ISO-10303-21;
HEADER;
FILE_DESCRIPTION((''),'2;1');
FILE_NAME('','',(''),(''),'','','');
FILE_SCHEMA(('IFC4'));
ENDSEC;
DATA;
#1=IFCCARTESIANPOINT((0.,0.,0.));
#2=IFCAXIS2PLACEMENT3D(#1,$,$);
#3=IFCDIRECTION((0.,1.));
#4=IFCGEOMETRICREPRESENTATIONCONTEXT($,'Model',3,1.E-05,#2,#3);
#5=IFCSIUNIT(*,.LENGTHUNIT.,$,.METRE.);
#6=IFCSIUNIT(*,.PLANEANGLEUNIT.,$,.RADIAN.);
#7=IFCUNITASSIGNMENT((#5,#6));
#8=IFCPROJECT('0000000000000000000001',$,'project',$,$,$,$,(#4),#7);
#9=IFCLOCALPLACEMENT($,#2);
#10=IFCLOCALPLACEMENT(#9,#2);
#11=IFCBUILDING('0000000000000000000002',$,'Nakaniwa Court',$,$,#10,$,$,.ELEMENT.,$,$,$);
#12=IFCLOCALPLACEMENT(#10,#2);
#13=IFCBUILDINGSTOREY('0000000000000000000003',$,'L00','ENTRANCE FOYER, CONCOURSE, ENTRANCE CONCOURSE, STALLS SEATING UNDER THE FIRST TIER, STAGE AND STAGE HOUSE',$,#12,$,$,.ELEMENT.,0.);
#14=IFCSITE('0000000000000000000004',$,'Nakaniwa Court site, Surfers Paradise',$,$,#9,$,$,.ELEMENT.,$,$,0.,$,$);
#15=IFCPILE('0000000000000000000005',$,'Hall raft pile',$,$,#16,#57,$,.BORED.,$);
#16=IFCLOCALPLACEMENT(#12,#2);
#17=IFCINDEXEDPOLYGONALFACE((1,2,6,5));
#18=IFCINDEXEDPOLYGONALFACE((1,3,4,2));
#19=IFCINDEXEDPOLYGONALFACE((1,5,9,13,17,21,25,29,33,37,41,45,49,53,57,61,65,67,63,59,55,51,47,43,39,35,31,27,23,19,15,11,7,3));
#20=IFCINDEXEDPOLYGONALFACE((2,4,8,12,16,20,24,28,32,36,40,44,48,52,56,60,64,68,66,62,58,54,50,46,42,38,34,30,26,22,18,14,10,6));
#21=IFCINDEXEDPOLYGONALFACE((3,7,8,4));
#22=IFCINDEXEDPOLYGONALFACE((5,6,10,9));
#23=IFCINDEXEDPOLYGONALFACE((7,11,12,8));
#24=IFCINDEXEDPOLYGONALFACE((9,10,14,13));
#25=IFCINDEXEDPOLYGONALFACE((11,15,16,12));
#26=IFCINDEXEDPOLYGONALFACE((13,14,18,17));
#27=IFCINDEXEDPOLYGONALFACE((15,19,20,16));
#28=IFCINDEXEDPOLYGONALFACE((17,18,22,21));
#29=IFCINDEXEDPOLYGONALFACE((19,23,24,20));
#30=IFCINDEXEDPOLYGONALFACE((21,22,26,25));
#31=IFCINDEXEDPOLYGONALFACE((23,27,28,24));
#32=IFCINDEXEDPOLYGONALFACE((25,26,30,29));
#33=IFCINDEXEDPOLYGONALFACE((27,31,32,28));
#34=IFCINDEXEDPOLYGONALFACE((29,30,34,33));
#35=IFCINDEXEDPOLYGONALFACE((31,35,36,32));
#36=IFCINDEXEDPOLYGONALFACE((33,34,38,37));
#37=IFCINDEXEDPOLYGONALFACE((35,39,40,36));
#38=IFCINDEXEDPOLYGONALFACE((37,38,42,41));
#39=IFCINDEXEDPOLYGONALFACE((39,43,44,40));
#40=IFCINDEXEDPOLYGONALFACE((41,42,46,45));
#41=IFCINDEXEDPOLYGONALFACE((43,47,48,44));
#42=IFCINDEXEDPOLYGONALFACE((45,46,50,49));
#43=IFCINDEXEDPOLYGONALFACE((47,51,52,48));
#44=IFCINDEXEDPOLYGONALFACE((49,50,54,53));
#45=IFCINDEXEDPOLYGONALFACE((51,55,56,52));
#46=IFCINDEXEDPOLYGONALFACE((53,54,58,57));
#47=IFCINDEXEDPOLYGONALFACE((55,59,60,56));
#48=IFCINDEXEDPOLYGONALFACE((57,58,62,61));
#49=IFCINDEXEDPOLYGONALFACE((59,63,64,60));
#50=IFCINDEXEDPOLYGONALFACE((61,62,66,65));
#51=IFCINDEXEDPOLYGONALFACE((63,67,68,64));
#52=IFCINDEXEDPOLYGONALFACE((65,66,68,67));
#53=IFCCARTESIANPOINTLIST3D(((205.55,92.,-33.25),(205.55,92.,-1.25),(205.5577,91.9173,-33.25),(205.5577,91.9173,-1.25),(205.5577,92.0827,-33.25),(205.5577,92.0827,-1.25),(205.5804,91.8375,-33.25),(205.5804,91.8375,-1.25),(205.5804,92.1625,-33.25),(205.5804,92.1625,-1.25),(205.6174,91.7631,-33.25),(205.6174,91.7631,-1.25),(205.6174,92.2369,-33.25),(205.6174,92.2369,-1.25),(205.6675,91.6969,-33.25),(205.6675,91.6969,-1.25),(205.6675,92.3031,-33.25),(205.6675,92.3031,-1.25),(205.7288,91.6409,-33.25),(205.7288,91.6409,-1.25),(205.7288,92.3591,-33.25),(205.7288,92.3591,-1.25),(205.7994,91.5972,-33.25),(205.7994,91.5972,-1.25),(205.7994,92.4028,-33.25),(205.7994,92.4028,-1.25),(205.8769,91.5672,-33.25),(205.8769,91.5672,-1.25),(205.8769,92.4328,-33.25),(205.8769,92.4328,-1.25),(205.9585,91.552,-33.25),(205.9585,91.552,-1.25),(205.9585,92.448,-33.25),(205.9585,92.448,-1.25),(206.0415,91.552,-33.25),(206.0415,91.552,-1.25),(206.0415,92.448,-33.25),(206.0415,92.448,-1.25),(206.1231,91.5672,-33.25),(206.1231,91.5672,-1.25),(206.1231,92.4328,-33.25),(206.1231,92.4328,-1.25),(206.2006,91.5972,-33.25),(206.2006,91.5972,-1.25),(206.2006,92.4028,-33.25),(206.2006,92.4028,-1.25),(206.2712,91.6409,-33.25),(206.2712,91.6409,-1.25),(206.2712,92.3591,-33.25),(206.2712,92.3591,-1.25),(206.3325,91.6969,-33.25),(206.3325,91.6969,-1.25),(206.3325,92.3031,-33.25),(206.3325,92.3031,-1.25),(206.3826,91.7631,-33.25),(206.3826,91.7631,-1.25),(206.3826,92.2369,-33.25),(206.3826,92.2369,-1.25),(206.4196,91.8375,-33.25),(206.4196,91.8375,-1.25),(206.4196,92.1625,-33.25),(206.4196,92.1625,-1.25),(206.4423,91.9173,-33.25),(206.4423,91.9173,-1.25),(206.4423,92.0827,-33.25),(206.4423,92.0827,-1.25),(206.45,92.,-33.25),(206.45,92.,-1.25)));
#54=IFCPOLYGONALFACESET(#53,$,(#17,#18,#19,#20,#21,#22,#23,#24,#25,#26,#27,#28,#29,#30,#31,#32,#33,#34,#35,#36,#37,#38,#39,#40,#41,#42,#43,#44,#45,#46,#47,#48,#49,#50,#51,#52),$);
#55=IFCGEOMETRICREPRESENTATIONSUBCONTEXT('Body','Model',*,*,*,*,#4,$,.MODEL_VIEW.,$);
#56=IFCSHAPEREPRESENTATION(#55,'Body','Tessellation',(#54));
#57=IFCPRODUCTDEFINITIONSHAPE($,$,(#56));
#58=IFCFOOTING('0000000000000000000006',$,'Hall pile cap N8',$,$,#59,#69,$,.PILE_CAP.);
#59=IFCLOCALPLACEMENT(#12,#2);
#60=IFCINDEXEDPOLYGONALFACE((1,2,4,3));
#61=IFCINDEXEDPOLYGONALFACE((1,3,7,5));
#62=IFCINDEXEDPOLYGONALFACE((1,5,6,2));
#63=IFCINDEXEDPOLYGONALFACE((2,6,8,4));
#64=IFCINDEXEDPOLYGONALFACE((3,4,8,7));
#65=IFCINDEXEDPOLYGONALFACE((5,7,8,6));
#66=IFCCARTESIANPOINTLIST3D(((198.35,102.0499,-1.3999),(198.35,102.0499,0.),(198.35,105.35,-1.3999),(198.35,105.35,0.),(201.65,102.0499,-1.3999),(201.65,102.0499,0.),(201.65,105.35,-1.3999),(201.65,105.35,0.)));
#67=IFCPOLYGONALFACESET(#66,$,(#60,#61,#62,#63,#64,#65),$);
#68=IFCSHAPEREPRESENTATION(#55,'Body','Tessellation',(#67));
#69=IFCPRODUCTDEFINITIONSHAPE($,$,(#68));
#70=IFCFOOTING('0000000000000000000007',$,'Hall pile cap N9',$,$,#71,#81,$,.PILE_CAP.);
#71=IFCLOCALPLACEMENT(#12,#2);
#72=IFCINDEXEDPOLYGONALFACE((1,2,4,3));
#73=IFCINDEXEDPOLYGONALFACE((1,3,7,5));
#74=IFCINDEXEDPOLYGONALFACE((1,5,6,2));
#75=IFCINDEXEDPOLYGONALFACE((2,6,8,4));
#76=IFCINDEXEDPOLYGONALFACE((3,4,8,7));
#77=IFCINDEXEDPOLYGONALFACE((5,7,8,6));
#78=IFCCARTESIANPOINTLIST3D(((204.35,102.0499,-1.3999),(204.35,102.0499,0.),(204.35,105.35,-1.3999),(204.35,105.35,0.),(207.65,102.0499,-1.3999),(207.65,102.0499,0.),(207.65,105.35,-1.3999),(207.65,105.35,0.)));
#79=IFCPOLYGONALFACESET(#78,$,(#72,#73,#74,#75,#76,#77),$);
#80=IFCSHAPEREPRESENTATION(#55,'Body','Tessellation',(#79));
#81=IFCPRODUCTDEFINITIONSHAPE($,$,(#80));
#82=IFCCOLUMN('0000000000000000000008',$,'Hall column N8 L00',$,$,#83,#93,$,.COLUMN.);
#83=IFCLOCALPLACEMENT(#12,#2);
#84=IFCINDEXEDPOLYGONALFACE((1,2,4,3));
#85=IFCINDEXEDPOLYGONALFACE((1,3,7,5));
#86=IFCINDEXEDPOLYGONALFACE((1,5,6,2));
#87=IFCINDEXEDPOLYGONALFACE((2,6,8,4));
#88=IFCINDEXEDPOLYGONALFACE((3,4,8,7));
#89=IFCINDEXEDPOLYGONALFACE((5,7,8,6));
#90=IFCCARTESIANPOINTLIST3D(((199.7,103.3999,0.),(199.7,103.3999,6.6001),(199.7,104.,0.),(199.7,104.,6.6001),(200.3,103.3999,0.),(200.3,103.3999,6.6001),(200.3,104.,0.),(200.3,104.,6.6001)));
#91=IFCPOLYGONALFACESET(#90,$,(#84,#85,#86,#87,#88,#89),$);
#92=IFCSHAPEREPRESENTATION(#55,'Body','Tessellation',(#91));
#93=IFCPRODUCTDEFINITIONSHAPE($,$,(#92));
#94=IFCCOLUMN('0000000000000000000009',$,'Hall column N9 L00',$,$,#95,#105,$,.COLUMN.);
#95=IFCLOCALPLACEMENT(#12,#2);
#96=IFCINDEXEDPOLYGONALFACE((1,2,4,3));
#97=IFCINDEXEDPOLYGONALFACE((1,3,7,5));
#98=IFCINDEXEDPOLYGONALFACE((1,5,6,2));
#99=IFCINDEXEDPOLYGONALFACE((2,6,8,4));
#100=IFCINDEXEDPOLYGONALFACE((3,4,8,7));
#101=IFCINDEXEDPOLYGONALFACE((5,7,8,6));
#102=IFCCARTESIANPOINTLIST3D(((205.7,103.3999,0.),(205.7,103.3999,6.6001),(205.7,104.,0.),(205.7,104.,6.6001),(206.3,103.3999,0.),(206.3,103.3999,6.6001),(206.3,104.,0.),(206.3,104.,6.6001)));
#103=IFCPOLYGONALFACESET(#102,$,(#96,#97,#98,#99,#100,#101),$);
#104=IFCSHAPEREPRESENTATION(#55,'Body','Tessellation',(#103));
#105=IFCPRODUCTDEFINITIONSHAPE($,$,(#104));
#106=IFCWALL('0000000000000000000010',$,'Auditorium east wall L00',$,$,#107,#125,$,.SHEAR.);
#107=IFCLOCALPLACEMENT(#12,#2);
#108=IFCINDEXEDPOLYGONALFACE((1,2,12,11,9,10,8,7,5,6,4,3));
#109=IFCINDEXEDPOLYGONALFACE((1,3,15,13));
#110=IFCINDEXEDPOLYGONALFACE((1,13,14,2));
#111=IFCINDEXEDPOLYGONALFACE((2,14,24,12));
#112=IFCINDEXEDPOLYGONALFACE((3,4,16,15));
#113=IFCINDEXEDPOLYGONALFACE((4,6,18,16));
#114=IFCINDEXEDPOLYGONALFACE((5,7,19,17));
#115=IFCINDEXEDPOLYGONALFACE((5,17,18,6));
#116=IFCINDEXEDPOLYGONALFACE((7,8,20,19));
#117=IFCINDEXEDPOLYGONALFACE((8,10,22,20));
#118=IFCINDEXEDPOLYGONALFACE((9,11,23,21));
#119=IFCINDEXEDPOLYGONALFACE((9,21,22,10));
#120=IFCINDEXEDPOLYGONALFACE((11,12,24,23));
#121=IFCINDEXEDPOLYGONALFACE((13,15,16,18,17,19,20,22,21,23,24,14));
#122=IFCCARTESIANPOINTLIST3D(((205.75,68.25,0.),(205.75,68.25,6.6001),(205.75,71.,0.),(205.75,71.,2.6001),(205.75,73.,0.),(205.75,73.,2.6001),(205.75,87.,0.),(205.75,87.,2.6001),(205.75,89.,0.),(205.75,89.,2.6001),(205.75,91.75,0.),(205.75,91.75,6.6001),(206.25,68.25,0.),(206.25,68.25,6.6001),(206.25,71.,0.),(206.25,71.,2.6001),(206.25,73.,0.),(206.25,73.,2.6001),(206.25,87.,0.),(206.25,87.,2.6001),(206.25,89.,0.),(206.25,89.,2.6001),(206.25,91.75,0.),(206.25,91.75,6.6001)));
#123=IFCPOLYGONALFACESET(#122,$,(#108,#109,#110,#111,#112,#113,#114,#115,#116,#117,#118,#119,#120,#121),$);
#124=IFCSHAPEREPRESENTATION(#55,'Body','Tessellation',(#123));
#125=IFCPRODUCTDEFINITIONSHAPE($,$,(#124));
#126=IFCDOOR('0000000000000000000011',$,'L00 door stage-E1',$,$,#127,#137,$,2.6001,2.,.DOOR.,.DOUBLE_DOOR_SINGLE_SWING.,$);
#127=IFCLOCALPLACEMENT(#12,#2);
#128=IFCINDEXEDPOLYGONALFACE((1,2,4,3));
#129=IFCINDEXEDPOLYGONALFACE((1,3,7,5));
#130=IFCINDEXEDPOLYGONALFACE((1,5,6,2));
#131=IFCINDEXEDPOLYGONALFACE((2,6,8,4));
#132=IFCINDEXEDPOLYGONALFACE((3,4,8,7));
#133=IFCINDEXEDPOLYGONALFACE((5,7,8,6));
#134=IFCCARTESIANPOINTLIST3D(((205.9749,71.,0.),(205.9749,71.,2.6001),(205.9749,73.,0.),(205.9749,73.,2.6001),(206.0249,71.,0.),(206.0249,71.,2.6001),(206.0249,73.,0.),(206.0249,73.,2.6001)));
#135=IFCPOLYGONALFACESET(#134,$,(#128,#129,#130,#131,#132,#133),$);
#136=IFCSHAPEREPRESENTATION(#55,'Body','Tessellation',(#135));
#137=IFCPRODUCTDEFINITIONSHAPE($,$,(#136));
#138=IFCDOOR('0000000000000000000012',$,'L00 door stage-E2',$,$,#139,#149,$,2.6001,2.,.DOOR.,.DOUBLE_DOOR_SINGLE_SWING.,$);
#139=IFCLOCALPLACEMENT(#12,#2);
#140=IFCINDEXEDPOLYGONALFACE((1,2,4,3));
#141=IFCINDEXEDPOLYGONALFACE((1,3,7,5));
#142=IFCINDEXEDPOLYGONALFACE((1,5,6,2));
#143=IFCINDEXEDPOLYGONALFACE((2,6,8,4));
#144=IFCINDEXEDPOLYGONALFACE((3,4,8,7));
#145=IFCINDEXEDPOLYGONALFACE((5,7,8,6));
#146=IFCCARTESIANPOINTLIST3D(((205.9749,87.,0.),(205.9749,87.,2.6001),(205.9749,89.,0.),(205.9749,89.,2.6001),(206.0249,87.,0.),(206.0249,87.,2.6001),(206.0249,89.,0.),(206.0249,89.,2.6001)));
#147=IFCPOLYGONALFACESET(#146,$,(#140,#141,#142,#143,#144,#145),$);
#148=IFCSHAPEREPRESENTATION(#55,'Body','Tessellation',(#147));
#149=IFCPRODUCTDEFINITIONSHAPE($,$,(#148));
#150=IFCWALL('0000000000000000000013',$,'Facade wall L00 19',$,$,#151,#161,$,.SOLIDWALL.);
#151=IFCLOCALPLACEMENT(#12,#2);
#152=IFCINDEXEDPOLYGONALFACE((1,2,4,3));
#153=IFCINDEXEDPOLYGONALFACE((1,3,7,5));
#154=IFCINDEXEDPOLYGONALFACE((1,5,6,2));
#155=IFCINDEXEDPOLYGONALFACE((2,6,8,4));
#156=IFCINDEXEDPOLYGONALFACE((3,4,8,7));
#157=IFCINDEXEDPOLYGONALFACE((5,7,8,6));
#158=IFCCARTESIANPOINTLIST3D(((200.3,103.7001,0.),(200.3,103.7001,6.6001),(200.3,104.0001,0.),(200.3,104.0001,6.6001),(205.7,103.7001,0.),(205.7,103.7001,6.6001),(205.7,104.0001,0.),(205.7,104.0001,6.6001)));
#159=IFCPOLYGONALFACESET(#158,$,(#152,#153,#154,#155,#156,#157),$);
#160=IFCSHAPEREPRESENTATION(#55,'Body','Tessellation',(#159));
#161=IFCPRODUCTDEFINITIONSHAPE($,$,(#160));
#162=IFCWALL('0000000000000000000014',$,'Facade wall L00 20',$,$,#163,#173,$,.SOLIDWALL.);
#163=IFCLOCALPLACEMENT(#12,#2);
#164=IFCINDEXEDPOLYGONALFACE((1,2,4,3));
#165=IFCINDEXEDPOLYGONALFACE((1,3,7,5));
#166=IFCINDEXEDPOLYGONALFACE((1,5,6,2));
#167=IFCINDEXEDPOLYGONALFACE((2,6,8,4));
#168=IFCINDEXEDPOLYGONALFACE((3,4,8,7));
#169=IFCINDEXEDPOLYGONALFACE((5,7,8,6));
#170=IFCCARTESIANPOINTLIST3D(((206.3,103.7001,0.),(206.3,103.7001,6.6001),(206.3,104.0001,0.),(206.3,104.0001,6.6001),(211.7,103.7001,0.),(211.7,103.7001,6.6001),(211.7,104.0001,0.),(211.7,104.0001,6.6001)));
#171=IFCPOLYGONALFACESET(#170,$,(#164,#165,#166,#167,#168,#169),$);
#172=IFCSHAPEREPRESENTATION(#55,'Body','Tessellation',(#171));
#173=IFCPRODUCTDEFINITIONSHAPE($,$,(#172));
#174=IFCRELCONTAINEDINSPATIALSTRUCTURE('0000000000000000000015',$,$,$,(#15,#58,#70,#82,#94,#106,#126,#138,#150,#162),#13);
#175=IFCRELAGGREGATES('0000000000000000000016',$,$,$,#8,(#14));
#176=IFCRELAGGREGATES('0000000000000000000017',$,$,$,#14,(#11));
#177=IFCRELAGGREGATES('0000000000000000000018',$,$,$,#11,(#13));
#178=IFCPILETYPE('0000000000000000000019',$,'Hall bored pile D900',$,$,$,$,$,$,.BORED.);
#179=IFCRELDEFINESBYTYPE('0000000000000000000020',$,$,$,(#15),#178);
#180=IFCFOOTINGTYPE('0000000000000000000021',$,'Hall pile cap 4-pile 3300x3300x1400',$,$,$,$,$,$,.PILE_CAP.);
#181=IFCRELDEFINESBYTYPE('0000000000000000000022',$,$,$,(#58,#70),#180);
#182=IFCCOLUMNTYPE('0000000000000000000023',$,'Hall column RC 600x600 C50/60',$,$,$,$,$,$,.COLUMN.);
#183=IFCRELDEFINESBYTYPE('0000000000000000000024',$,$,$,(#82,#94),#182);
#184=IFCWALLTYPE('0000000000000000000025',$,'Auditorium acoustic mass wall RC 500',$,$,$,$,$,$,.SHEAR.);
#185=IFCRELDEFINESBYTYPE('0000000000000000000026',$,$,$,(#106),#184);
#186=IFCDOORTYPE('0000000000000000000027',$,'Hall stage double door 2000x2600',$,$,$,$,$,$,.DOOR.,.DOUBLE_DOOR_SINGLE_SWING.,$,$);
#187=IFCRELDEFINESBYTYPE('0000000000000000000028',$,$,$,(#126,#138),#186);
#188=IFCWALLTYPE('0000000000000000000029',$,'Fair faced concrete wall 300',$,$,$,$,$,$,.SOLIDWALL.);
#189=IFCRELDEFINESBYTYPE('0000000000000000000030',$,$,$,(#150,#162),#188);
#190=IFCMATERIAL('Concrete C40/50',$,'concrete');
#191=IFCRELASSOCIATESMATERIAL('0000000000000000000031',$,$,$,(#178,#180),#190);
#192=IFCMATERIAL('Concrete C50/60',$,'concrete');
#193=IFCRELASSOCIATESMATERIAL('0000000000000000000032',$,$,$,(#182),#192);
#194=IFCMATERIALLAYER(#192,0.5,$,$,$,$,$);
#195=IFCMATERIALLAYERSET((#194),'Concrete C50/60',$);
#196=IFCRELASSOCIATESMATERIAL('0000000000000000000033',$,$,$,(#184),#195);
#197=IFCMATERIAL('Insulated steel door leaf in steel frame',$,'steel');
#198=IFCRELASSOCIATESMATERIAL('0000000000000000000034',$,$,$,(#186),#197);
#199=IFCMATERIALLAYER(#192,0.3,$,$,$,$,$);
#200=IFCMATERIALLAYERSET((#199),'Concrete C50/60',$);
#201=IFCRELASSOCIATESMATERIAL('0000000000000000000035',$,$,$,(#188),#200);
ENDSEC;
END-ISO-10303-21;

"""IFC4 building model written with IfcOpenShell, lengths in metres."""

from ifc_helpers import new_model, si_unit, direction, frame, frame_2d, origin, origin_2d, place, context, subcontext, project, spatial, rectangle, circle, extrude, material, layer, layer_set, material_profile, profile_set, type_object, element, fill, save


model = new_model("IFC4")

# Units and contexts
model_context = context("Model", 3, precision=1e-05, world=origin(), true_north=direction((0.0, 1.0)))
body_context = subcontext(model_context, "Body", "Model", "MODEL_VIEW")
ifc_project = project(units=[si_unit("LENGTHUNIT", "METRE"), si_unit("PLANEANGLEUNIT", "RADIAN")], contexts=[model_context])

# Site, building, storey
site_placement = place(None, origin())
site = spatial("IfcSite", under=ifc_project, at=site_placement, Name="Nakaniwa Court site, Surfers Paradise", CompositionType="ELEMENT", RefElevation=0.0)
building_placement = place(site_placement, origin())
building = spatial("IfcBuilding", under=site, at=building_placement, Name="Nakaniwa Court", CompositionType="ELEMENT")
storey_placement = place(building_placement, origin())
storey = spatial("IfcBuildingStorey", under=building, at=storey_placement, Name="L00", Description="ENTRANCE FOYER, CONCOURSE, ENTRANCE CONCOURSE, STALLS SEATING UNDER THE FIRST TIER, STAGE AND STAGE HOUSE", CompositionType="ELEMENT", Elevation=0.0)

# Pile
ifc_material_1 = material(Name="Concrete C40/50", Category="concrete")
ifc_material_profile_1 = material_profile(ifc_material_1, circle(Radius=0.45, at=origin_2d()), Name="Bored pile D900")
ifc_profile_set_1 = profile_set([ifc_material_profile_1], Name="Concrete C40/50")
pile_type = type_object("IfcPileType", Name="Hall bored pile D900", PredefinedType="BORED", material=ifc_profile_set_1)
for number, where, z_axis, x_axis, name in (
    (1, (206.0, 92.0, -1.25), (0.0, 0.0, -1.0), (1.0, 0.0, 0.0), "Hall raft pile"),
):
    element("IfcPile", number, at=place(storey_placement, frame(where, z_axis=z_axis, x_axis=x_axis)), inside=storey, type_object=pile_type, Name=name, PredefinedType="BORED", context=body_context, shape_type="SweptSolid", body=[
        extrude(circle(Radius=0.45, at=origin_2d()), origin(), (0.0, 0.0, 1.0), 32.0),
    ])

# Footings
footing_type = type_object("IfcFootingType", Name="Hall pile cap 4-pile 3300x3300x1400", PredefinedType="PILE_CAP", material=ifc_material_1)
for number, where, z_axis, x_axis, name in (
    (2, (200.0, 103.7, -1.3999), (0.0, 0.0, 1.0), (1.0, 0.0, 0.0), "Hall pile cap N8"),
    (3, (206.0, 103.7, -1.3999), (0.0, 0.0, 1.0), (1.0, 0.0, 0.0), "Hall pile cap N9"),
):
    element("IfcFooting", number, at=place(storey_placement, frame(where, z_axis=z_axis, x_axis=x_axis)), inside=storey, type_object=footing_type, Name=name, PredefinedType="PILE_CAP", context=body_context, shape_type="SweptSolid", body=[
        extrude(rectangle(XDim=3.3, YDim=3.3, at=origin_2d()), origin(), (0.0, 0.0, 1.0), 1.3999),
    ])

# Columns
ifc_material_2 = material(Name="Concrete C50/60", Category="concrete")
ifc_material_profile_2 = material_profile(ifc_material_2, rectangle(XDim=0.6001, YDim=0.6001, at=origin_2d()), Name="RC 600x600")
ifc_profile_set_2 = profile_set([ifc_material_profile_2], Name="Concrete C50/60")
column_type = type_object("IfcColumnType", Name="Hall column RC 600x600 C50/60", PredefinedType="COLUMN", material=ifc_profile_set_2)
for number, where, z_axis, x_axis, name in (
    (4, (200.0, 103.7, 0.0), (0.0, 0.0, 1.0), (1.0, 0.0, 0.0), "Hall column N8 L00"),
    (5, (206.0, 103.7, 0.0), (0.0, 0.0, 1.0), (1.0, 0.0, 0.0), "Hall column N9 L00"),
):
    element("IfcColumn", number, at=place(storey_placement, frame(where, z_axis=z_axis, x_axis=x_axis)), inside=storey, type_object=column_type, Name=name, PredefinedType="COLUMN", context=body_context, shape_type="SweptSolid", body=[
        extrude(rectangle(XDim=0.6001, YDim=0.6001, at=origin_2d()), origin(), (0.0, 0.0, 1.0), 6.6001),
    ])

# Wall, openings, doors
ifc_layer_1 = layer(ifc_material_2, 0.5)
ifc_layer_set_1 = layer_set([ifc_layer_1], Name="Concrete C50/60")
wall_type_1 = type_object("IfcWallType", Name="Auditorium acoustic mass wall RC 500", PredefinedType="SHEAR", material=ifc_layer_set_1)
wall_1_placement = place(storey_placement, frame((206.0, 91.75, 0.0), z_axis=(0.0, 0.0, 1.0), x_axis=(0.0, -1.0, 0.0)))
wall_1 = element("IfcWall", 6, at=wall_1_placement, inside=storey, type_object=wall_type_1, Name="Auditorium east wall L00", PredefinedType="SHEAR", context=body_context, shape_type="SweptSolid", body=[
    extrude(rectangle(XDim=23.5, YDim=0.5, at=frame_2d((11.75, 0.0))), origin(), (0.0, 0.0, 1.0), 6.6001),
])
opening_1_placement = place(wall_1_placement, frame((18.75, 0.0, 0.0)))
opening_1 = element("IfcOpeningElement", 7, at=opening_1_placement, cuts=wall_1, PredefinedType="OPENING", context=body_context, shape_type="SweptSolid", body=[
    extrude(rectangle(XDim=2.0, YDim=2.6001, at=frame_2d((1.0, 1.3))), frame((0.0, 0.26, 0.0), z_axis=(0.0, -1.0, 0.0), x_axis=(1.0, 0.0, 0.0)), (0.0, 0.0, 1.0), 0.52),
])
opening_2_placement = place(wall_1_placement, frame((2.75, 0.0, 0.0)))
opening_2 = element("IfcOpeningElement", 8, at=opening_2_placement, cuts=wall_1, PredefinedType="OPENING", context=body_context, shape_type="SweptSolid", body=[
    extrude(rectangle(XDim=2.0, YDim=2.6001, at=frame_2d((1.0, 1.3))), frame((0.0, 0.26, 0.0), z_axis=(0.0, -1.0, 0.0), x_axis=(1.0, 0.0, 0.0)), (0.0, 0.0, 1.0), 0.52),
])
ifc_material_3 = material(Name="Insulated steel door leaf in steel frame", Category="steel")
door_type_1 = type_object("IfcDoorType", Name="Hall stage double door 2000x2600", OperationType="DOUBLE_DOOR_SINGLE_SWING", PredefinedType="DOOR", material=ifc_material_3)
door_1_placement = place(opening_1_placement, origin())
door_1 = element("IfcDoor", 9, at=door_1_placement, inside=storey, type_object=door_type_1, Name="L00 door stage-E1", OperationType="DOUBLE_DOOR_SINGLE_SWING", OverallHeight=2.6001, OverallWidth=2.0, PredefinedType="DOOR", context=body_context, shape_type="SweptSolid", body=[
    extrude(rectangle(XDim=2.0, YDim=2.6001, at=frame_2d((1.0, 1.3))), frame((0.0, 0.0249, 0.0), z_axis=(0.0, -1.0, 0.0), x_axis=(1.0, 0.0, 0.0)), (0.0, 0.0, 1.0), 0.05),
])
fill(opening_1, door_1)
door_2_placement = place(opening_2_placement, origin())
door_2 = element("IfcDoor", 10, at=door_2_placement, inside=storey, type_object=door_type_1, Name="L00 door stage-E2", OperationType="DOUBLE_DOOR_SINGLE_SWING", OverallHeight=2.6001, OverallWidth=2.0, PredefinedType="DOOR", context=body_context, shape_type="SweptSolid", body=[
    extrude(rectangle(XDim=2.0, YDim=2.6001, at=frame_2d((1.0, 1.3))), frame((0.0, 0.0249, 0.0), z_axis=(0.0, -1.0, 0.0), x_axis=(1.0, 0.0, 0.0)), (0.0, 0.0, 1.0), 0.05),
])
fill(opening_2, door_2)

# Walls
ifc_layer_2 = layer(ifc_material_2, 0.3)
ifc_layer_set_2 = layer_set([ifc_layer_2], Name="Concrete C50/60")
wall_type_2 = type_object("IfcWallType", Name="Fair faced concrete wall 300", PredefinedType="SOLIDWALL", material=ifc_layer_set_2)
for number, where, z_axis, x_axis, name in (
    (11, (200.3, 103.8501, 0.0), (0.0, 0.0, 1.0), (1.0, 0.0, 0.0), "Facade wall L00 19"),
    (12, (206.3, 103.8501, 0.0), (0.0, 0.0, 1.0), (1.0, 0.0, 0.0), "Facade wall L00 20"),
):
    element("IfcWall", number, at=place(storey_placement, frame(where, z_axis=z_axis, x_axis=x_axis)), inside=storey, type_object=wall_type_2, Name=name, PredefinedType="SOLIDWALL", context=body_context, shape_type="SweptSolid", body=[
        extrude(rectangle(XDim=5.3999, YDim=0.3, at=frame_2d((2.7, 0.0))), origin(), (0.0, 0.0, 1.0), 6.6001),
    ])

save(model, "model.ifc")
